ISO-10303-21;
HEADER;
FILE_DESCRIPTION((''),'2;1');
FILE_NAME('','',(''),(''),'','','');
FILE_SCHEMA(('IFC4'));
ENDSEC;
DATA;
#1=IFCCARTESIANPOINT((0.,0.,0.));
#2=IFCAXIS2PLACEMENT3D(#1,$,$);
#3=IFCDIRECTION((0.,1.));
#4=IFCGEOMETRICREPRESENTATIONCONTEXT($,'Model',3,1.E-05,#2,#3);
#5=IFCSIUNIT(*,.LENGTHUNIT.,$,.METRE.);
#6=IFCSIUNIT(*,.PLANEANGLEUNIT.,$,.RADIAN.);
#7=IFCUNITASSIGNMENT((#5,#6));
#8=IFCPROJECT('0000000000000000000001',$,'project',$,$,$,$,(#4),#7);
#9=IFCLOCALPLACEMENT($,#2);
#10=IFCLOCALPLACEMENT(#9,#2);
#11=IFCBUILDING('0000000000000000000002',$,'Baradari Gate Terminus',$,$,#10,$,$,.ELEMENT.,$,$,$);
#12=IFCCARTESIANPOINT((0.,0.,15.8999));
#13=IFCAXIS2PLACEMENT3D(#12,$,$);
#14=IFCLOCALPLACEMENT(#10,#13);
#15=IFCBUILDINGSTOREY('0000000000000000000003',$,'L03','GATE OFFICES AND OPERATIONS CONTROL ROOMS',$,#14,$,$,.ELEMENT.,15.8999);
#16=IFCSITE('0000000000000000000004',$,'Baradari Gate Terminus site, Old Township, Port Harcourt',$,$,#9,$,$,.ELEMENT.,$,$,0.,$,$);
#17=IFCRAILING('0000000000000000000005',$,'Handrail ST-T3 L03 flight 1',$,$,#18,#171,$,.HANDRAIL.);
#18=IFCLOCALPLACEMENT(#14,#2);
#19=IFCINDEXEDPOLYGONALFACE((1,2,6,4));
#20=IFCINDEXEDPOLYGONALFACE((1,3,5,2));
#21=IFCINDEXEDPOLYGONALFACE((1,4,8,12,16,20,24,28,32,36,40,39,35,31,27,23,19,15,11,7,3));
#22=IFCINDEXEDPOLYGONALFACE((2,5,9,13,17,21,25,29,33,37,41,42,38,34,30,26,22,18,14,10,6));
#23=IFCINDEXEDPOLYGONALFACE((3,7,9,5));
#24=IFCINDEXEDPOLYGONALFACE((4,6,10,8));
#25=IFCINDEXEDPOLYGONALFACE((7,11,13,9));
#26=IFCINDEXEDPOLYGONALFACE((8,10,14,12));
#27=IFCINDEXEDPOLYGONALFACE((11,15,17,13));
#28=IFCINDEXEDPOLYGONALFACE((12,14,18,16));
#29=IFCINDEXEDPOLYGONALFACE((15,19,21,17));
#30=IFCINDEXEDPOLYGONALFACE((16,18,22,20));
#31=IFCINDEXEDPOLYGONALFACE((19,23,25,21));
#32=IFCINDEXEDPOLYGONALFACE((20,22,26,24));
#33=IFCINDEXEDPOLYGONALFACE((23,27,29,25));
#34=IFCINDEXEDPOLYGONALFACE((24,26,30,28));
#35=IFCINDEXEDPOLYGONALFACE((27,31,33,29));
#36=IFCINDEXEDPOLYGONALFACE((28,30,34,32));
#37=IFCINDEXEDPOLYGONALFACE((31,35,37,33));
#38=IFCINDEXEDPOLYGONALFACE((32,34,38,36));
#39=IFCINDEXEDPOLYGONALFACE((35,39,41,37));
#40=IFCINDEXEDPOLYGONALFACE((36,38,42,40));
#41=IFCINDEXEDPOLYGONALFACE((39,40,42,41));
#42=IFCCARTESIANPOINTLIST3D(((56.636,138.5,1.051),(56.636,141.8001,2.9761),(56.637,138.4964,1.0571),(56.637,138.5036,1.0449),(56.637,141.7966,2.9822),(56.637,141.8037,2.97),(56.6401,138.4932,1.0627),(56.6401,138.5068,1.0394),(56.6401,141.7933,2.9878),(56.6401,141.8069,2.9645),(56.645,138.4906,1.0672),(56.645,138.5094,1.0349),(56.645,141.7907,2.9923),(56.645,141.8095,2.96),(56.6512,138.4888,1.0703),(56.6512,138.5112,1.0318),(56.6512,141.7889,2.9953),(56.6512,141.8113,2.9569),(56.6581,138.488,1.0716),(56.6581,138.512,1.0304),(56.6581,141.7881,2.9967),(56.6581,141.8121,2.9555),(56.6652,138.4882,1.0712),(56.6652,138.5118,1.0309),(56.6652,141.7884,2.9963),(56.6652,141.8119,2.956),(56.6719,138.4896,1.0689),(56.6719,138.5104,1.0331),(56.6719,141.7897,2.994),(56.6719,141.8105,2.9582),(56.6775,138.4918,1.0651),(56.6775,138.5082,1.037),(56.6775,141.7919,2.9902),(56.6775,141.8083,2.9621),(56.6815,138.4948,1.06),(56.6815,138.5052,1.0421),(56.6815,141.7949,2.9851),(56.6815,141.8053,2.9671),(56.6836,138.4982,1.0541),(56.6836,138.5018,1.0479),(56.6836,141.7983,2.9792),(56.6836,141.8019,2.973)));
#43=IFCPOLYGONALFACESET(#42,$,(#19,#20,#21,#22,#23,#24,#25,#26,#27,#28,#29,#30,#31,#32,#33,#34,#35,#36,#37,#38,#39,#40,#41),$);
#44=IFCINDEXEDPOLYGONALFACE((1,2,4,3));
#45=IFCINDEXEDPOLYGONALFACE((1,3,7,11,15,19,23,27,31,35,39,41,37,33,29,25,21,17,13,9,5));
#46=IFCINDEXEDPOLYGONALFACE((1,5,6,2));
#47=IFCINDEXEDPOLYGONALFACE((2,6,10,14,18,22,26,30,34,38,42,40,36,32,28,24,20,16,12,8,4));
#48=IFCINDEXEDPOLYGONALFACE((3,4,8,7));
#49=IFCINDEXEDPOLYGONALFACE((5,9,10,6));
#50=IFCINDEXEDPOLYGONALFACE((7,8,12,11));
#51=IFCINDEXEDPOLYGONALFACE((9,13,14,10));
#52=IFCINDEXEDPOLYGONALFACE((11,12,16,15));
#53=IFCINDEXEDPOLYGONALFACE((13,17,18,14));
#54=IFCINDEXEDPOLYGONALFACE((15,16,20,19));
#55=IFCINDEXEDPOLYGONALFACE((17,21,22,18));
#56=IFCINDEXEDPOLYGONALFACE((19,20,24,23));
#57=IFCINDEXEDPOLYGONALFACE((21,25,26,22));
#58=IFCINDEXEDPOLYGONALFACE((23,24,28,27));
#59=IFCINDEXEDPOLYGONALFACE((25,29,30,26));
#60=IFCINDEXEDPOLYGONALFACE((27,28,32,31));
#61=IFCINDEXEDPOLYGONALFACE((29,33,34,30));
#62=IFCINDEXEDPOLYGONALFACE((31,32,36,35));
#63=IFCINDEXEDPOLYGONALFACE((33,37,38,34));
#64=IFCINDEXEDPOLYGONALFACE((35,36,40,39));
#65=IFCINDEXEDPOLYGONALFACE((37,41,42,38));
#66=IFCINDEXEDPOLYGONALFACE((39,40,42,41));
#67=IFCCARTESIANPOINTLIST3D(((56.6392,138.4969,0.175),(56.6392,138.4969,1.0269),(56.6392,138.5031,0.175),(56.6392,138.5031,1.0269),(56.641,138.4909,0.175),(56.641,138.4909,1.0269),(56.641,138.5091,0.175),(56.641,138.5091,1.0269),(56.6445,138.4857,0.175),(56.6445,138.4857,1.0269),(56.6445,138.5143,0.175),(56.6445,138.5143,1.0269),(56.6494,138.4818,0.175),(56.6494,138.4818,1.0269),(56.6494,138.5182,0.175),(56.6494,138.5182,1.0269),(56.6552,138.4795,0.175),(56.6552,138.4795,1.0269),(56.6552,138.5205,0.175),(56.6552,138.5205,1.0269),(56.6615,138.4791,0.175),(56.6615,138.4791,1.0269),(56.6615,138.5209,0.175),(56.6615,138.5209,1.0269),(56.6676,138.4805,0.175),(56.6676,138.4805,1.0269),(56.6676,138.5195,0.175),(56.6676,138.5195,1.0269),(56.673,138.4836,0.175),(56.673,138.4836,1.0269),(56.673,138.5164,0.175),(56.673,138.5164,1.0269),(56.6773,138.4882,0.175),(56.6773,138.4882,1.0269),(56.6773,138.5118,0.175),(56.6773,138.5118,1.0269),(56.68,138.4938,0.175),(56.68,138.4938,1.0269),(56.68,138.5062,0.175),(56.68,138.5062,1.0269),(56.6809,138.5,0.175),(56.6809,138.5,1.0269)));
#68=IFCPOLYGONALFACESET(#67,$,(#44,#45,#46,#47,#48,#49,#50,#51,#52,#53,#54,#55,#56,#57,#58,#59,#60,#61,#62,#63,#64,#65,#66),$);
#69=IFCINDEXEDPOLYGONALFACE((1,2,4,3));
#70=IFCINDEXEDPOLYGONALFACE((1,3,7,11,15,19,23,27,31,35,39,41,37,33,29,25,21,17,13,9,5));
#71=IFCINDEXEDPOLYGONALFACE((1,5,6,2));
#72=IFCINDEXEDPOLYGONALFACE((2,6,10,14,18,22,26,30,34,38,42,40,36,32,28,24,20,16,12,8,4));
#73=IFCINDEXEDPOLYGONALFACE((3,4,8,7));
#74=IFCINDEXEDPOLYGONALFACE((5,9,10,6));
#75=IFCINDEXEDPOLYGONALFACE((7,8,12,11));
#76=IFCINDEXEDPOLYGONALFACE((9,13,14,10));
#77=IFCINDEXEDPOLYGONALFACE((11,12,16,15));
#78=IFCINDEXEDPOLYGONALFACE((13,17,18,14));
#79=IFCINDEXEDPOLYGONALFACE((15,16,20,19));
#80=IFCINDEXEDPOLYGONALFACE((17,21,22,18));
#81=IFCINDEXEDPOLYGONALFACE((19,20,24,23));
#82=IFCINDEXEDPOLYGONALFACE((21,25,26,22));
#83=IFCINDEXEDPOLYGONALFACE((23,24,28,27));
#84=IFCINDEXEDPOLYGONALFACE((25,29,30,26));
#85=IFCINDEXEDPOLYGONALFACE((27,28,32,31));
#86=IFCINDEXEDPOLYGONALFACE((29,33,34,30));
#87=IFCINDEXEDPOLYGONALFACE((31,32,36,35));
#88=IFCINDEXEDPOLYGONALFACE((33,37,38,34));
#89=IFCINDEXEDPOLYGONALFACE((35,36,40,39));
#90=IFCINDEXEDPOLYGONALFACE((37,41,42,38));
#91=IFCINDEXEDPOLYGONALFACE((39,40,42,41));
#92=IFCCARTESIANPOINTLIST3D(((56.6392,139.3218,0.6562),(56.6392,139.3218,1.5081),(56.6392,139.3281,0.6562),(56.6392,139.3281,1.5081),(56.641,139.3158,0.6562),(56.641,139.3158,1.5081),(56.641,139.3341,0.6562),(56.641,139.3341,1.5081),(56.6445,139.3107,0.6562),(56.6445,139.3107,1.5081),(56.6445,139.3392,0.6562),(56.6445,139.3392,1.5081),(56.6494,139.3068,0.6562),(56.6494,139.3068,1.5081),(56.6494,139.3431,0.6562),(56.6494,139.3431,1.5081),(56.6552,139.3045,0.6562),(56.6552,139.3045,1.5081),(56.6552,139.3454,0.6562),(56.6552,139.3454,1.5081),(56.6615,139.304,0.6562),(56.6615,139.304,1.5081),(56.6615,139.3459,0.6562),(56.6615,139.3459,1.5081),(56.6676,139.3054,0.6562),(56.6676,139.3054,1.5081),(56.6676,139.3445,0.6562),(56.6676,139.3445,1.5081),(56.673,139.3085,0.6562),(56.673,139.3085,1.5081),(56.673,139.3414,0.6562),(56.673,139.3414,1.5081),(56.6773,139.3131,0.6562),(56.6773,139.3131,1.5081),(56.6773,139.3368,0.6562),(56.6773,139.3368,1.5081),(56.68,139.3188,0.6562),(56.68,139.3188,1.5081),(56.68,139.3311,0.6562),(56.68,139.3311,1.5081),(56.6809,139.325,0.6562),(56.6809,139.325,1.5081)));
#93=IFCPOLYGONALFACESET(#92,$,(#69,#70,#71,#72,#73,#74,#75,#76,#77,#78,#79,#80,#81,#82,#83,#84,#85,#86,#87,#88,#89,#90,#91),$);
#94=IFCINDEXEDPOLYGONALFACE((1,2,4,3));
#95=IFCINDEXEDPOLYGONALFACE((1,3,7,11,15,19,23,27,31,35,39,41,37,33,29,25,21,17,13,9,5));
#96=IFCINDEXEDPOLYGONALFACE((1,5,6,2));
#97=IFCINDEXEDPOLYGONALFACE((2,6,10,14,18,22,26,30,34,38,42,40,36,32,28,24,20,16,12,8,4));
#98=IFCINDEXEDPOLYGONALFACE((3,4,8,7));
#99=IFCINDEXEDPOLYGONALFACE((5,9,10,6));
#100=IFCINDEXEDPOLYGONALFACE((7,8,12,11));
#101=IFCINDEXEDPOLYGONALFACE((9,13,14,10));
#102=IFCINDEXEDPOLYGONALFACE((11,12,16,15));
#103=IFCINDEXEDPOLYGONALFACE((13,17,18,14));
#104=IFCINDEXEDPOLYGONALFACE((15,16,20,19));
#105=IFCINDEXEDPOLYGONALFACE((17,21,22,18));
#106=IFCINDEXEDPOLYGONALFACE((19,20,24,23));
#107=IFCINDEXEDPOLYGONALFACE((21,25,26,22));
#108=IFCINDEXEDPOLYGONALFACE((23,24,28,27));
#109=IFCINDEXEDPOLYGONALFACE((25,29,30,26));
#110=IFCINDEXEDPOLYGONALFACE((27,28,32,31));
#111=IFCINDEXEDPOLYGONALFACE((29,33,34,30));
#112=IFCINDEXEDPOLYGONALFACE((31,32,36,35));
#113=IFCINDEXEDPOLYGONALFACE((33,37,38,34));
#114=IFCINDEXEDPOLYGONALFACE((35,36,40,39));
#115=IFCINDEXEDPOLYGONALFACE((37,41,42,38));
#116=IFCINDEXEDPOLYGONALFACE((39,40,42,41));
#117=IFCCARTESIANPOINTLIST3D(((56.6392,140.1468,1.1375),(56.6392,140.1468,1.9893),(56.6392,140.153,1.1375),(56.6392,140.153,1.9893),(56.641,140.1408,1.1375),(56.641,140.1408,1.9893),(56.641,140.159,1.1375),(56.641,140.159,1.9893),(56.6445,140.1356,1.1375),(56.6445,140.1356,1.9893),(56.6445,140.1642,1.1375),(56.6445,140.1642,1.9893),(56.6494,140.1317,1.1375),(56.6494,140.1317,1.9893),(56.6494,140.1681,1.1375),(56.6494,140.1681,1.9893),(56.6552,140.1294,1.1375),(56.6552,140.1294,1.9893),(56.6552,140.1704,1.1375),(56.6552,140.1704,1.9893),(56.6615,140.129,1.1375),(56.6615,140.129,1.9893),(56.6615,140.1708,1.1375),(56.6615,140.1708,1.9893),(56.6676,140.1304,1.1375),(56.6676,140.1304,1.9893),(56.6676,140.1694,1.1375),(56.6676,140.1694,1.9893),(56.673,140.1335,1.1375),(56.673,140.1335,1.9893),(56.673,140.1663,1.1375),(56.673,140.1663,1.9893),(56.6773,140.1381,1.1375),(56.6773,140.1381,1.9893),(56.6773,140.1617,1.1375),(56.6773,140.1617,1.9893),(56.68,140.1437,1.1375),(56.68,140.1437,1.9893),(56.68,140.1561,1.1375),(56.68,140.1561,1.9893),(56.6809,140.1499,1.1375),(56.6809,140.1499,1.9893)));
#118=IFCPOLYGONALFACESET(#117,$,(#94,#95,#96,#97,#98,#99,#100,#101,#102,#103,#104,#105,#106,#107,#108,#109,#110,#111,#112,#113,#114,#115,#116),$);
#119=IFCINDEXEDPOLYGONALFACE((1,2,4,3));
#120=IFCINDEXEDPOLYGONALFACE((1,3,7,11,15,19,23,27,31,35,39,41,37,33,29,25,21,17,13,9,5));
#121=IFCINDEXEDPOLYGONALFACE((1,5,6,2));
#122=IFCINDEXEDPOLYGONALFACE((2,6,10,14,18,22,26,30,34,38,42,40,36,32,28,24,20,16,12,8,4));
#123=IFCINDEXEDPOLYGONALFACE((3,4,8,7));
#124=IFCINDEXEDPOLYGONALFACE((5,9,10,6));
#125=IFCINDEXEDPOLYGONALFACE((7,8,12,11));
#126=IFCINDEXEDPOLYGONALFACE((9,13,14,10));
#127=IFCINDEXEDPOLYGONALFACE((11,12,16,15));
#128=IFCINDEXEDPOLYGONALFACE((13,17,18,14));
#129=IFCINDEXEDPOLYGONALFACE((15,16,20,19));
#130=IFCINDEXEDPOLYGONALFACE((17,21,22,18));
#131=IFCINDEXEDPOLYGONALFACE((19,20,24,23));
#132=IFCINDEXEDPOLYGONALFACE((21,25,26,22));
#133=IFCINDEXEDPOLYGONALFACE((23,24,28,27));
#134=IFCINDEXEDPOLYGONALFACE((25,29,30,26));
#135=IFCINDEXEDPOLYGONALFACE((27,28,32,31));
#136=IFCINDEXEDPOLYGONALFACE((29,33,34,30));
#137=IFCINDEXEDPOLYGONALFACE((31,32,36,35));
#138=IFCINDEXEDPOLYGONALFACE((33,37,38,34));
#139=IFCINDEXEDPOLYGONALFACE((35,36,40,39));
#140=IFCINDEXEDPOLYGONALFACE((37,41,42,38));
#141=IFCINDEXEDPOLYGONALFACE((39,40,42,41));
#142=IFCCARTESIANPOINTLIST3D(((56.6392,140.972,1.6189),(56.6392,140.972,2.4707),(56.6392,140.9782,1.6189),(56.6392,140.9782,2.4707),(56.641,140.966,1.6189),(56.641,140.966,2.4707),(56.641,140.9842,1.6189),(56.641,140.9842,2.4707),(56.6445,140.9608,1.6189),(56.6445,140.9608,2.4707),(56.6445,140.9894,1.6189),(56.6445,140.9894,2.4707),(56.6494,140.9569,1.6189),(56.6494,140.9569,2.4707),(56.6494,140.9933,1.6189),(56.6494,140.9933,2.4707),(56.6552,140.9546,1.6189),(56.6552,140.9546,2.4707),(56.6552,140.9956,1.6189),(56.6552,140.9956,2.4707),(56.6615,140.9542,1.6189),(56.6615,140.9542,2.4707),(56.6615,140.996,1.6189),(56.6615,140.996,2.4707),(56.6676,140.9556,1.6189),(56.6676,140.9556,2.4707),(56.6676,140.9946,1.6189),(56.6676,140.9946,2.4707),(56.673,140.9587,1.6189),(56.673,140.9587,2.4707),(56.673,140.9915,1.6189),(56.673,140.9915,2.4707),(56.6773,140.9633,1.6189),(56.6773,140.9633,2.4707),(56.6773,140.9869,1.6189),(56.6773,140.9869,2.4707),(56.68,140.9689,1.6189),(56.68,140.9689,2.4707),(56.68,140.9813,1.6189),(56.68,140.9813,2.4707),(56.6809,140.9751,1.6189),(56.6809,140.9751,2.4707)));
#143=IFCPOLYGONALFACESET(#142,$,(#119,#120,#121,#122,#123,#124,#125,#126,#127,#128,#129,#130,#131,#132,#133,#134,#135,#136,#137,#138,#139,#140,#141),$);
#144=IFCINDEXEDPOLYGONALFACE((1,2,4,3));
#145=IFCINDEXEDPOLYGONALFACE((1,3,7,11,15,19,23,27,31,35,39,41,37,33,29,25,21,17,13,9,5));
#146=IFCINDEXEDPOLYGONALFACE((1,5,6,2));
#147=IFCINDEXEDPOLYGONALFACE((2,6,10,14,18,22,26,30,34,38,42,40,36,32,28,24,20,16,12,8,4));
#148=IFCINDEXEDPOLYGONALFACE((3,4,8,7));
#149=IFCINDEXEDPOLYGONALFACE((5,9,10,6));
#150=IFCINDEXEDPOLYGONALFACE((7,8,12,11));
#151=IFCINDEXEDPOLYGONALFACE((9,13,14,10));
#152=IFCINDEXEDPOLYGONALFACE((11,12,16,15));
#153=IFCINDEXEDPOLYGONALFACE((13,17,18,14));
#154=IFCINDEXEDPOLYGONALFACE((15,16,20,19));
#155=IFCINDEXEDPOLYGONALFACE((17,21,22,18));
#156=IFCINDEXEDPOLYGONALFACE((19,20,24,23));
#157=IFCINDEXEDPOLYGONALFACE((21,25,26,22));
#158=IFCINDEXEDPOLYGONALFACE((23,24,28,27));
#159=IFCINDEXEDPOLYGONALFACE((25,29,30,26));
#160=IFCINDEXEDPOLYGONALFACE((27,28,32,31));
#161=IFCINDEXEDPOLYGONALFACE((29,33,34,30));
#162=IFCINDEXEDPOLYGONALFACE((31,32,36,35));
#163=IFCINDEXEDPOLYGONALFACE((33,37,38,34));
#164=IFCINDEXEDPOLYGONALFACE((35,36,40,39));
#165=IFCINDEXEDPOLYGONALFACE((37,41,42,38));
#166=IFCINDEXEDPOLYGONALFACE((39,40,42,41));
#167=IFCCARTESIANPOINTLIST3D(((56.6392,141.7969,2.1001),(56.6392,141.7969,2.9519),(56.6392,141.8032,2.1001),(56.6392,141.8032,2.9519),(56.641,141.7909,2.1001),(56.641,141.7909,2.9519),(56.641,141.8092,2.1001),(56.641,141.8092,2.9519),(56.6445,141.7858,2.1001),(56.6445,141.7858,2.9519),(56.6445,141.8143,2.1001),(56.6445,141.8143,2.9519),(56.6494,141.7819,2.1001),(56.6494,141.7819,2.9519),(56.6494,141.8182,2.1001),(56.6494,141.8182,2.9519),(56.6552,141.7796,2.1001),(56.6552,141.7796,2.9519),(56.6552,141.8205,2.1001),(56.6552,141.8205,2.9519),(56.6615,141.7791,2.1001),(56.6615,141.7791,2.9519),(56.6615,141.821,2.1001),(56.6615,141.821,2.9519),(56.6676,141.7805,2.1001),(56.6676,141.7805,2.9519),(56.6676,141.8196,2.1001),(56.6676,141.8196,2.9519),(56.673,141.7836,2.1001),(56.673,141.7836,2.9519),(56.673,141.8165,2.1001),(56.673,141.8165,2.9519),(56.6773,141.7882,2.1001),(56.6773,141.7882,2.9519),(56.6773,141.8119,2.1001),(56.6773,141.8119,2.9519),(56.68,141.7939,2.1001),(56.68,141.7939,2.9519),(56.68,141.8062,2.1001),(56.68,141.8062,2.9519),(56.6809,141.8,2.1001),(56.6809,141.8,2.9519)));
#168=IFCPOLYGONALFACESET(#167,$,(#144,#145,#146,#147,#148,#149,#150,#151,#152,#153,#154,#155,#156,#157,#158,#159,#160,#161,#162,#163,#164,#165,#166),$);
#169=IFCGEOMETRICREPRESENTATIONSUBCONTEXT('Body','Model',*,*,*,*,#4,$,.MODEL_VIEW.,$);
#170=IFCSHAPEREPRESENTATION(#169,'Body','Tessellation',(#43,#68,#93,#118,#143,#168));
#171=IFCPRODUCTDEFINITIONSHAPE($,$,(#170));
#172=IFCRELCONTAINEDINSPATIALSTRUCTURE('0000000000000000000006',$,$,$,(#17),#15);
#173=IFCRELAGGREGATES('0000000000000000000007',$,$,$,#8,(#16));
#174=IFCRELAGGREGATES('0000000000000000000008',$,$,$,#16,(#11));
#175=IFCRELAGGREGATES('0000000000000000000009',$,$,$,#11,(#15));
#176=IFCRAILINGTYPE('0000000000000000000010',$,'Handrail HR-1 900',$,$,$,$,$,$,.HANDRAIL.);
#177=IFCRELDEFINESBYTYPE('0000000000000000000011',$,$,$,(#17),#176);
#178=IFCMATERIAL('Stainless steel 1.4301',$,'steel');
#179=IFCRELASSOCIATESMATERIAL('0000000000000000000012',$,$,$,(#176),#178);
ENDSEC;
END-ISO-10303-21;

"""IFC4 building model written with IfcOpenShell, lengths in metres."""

from ifc_helpers import new_model, si_unit, direction, frame, origin, origin_2d, place, context, subcontext, project, spatial, circle, extrude, material, type_object, element, save


model = new_model("IFC4")

# Units and contexts
model_context = context("Model", 3, precision=1e-05, world=origin(), true_north=direction((0.0, 1.0)))
body_context = subcontext(model_context, "Body", "Model", "MODEL_VIEW")
ifc_project = project(units=[si_unit("LENGTHUNIT", "METRE"), si_unit("PLANEANGLEUNIT", "RADIAN")], contexts=[model_context])

# Site, building, storey
site_placement = place(None, origin())
site = spatial("IfcSite", under=ifc_project, at=site_placement, Name="Baradari Gate Terminus site, Old Township, Port Harcourt", CompositionType="ELEMENT", RefElevation=0.0)
building_placement = place(site_placement, origin())
building = spatial("IfcBuilding", under=site, at=building_placement, Name="Baradari Gate Terminus", CompositionType="ELEMENT")
storey_placement = place(building_placement, frame((0.0, 0.0, 15.8999)))
storey = spatial("IfcBuildingStorey", under=building, at=storey_placement, Name="L03", Description="GATE OFFICES AND OPERATIONS CONTROL ROOMS", CompositionType="ELEMENT", Elevation=15.8999)

# Railing
ifc_material_1 = material(Name="Stainless steel 1.4301", Category="steel")
railing_type = type_object("IfcRailingType", Name="Handrail HR-1 900", PredefinedType="HANDRAIL", material=ifc_material_1)
for number, where, name in (
    (1, (56.6599, 138.5, 0.175), "Handrail ST-T3 L03 flight 1"),
):
    element("IfcRailing", number, at=place(storey_placement, frame(where)), inside=storey, type_object=railing_type, Name=name, PredefinedType="HANDRAIL", context=body_context, shape_type="SweptSolid", body=[
        extrude(circle(Radius=0.0239, at=origin_2d()), frame((0.0, 0.0, 0.876), z_axis=(0.0, 0.863777, 0.503875), x_axis=(-1.0, 0.0, 0.0)), (0.0, 0.0, 1.0), 3.8206),
        extrude(circle(Radius=0.021, at=origin_2d()), origin(), (0.0, 0.0, 1.0), 0.8518),
        extrude(circle(Radius=0.021, at=origin_2d()), frame((0.0, 0.825, 0.4812)), (0.0, 0.0, 1.0), 0.8518),
        extrude(circle(Radius=0.021, at=origin_2d()), frame((0.0, 1.6499, 0.9624)), (0.0, 0.0, 1.0), 0.8518),
        extrude(circle(Radius=0.021, at=origin_2d()), frame((0.0, 2.4751, 1.4438)), (0.0, 0.0, 1.0), 0.8518),
        extrude(circle(Radius=0.021, at=origin_2d()), frame((0.0, 3.3, 1.925)), (0.0, 0.0, 1.0), 0.8518),
    ])

save(model, "model.ifc")
